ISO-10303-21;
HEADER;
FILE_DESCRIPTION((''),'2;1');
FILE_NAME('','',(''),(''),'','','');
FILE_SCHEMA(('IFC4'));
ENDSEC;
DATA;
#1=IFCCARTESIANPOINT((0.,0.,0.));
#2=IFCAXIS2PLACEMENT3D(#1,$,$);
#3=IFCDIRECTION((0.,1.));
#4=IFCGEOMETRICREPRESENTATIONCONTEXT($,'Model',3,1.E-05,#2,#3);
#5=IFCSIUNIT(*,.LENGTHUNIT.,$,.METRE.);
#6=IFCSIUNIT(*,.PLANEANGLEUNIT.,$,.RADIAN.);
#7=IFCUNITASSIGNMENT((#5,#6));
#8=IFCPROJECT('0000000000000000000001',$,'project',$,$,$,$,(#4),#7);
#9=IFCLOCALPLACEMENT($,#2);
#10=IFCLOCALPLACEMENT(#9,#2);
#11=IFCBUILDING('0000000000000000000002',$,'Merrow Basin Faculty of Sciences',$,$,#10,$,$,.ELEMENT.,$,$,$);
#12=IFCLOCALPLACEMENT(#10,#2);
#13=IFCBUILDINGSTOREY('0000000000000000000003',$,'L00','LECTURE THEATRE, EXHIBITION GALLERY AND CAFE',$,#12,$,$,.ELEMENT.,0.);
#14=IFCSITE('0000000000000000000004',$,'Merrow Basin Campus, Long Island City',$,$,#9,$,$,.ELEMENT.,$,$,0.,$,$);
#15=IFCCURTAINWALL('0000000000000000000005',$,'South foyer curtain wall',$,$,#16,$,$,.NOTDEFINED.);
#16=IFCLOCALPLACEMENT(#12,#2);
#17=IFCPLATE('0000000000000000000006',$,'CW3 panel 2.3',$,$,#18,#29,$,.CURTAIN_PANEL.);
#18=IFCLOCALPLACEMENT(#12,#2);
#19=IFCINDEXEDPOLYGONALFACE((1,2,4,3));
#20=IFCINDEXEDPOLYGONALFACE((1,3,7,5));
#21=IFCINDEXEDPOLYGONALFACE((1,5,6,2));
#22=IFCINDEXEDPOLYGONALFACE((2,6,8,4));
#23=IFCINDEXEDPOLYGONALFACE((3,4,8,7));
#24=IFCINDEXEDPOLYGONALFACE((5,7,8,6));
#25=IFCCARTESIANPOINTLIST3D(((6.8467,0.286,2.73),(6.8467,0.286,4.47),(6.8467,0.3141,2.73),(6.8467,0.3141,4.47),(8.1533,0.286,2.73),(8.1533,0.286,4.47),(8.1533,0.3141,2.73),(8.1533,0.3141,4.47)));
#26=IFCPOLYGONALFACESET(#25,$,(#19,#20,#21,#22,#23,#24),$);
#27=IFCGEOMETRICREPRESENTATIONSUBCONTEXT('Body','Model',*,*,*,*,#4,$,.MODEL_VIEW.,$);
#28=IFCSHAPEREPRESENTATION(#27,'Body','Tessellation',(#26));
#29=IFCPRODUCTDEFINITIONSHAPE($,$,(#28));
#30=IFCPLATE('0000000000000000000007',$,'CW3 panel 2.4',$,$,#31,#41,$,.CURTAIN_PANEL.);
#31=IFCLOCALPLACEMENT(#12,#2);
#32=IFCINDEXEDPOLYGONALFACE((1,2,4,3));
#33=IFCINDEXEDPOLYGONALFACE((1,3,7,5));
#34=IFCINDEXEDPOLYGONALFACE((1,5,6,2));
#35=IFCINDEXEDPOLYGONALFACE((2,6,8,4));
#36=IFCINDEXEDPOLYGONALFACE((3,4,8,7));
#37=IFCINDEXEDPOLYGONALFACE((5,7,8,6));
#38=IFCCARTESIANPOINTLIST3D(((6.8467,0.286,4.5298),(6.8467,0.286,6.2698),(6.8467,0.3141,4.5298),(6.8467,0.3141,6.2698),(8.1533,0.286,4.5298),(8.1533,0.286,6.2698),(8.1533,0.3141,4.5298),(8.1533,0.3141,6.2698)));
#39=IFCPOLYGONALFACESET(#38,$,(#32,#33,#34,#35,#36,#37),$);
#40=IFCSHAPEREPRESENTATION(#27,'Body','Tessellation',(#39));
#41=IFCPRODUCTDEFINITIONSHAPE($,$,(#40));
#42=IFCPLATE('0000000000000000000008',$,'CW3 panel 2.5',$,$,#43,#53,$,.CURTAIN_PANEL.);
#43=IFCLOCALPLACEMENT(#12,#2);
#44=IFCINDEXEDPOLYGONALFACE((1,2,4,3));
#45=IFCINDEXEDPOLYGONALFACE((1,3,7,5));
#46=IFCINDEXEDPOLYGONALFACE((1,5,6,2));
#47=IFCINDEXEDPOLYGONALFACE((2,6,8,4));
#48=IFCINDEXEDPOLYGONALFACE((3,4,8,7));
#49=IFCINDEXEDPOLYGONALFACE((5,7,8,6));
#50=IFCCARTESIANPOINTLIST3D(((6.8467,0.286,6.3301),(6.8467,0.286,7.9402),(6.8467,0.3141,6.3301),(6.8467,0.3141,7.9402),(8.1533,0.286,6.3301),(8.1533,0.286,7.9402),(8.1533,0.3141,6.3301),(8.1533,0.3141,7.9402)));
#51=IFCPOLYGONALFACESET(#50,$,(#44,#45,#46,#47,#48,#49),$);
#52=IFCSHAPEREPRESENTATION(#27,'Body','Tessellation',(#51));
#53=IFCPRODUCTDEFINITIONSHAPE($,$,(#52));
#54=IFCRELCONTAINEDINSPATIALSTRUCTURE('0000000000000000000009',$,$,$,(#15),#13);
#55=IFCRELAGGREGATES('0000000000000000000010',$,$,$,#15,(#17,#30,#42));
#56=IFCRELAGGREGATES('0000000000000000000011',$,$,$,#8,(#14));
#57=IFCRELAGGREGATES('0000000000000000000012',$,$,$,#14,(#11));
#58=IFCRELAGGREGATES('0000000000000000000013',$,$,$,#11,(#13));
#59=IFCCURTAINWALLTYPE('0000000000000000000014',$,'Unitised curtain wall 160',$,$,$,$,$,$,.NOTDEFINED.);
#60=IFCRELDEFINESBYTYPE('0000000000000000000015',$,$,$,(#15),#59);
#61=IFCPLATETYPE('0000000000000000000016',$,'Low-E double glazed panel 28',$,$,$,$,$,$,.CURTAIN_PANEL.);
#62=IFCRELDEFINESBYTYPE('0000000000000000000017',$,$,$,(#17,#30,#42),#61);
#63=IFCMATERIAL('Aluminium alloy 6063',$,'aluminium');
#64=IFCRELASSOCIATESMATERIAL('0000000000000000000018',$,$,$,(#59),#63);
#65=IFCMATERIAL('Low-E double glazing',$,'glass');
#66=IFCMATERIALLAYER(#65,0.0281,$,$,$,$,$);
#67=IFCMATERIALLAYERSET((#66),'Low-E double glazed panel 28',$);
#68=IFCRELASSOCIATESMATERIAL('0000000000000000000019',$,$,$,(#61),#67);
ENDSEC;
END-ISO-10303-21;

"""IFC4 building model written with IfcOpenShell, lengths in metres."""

from ifc_helpers import new_model, si_unit, direction, frame, origin, origin_2d, place, context, subcontext, project, spatial, rectangle, extrude, material, layer, layer_set, type_object, element, aggregate, save


model = new_model("IFC4")

# Units and contexts
model_context = context("Model", 3, precision=1e-05, world=origin(), true_north=direction((0.0, 1.0)))
body_context = subcontext(model_context, "Body", "Model", "MODEL_VIEW")
ifc_project = project(units=[si_unit("LENGTHUNIT", "METRE"), si_unit("PLANEANGLEUNIT", "RADIAN")], contexts=[model_context])

# Site, building, storey
site_placement = place(None, origin())
site = spatial("IfcSite", under=ifc_project, at=site_placement, Name="Merrow Basin Campus, Long Island City", CompositionType="ELEMENT", RefElevation=0.0)
building_placement = place(site_placement, origin())
building = spatial("IfcBuilding", under=site, at=building_placement, Name="Merrow Basin Faculty of Sciences", CompositionType="ELEMENT")
storey_placement = place(building_placement, origin())
storey = spatial("IfcBuildingStorey", under=building, at=storey_placement, Name="L00", Description="LECTURE THEATRE, EXHIBITION GALLERY AND CAFE", CompositionType="ELEMENT", Elevation=0.0)

# Curtain wall, plates
ifc_material_1 = material(Name="Aluminium alloy 6063", Category="aluminium")
curtain_wall_type = type_object("IfcCurtainWallType", Name="Unitised curtain wall 160", PredefinedType="NOTDEFINED", material=ifc_material_1)
curtain_wall_placement = place(storey_placement, origin())
curtain_wall = element("IfcCurtainWall", 1, at=curtain_wall_placement, inside=storey, type_object=curtain_wall_type, Name="South foyer curtain wall", PredefinedType="NOTDEFINED")
ifc_material_2 = material(Name="Low-E double glazing", Category="glass")
ifc_layer_1 = layer(ifc_material_2, 0.0281)
ifc_layer_set_1 = layer_set([ifc_layer_1], Name="Low-E double glazed panel 28")
plate_type_1 = type_object("IfcPlateType", Name="Low-E double glazed panel 28", PredefinedType="CURTAIN_PANEL", material=ifc_layer_set_1)
plate_1_placement = place(storey_placement, frame((7.5, 0.3, 2.73), z_axis=(0.0, 0.0, 1.0), x_axis=(1.0, 0.0, 0.0)))
plate_1 = element("IfcPlate", 2, at=plate_1_placement, type_object=plate_type_1, Name="CW3 panel 2.3", PredefinedType="CURTAIN_PANEL", context=body_context, shape_type="SweptSolid", body=[
    extrude(rectangle(XDim=1.3066, YDim=0.0281, at=origin_2d()), origin(), (0.0, 0.0, 1.0), 1.74),
])
plate_2_placement = place(storey_placement, frame((7.5, 0.3, 4.5298), z_axis=(0.0, 0.0, 1.0), x_axis=(1.0, 0.0, 0.0)))
plate_2 = element("IfcPlate", 3, at=plate_2_placement, type_object=plate_type_1, Name="CW3 panel 2.4", PredefinedType="CURTAIN_PANEL", context=body_context, shape_type="SweptSolid", body=[
    extrude(rectangle(XDim=1.3066, YDim=0.0281, at=origin_2d()), origin(), (0.0, 0.0, 1.0), 1.74),
])
plate_3_placement = place(storey_placement, frame((7.5, 0.3, 6.3301), z_axis=(0.0, 0.0, 1.0), x_axis=(1.0, 0.0, 0.0)))
plate_3 = element("IfcPlate", 4, at=plate_3_placement, type_object=plate_type_1, Name="CW3 panel 2.5", PredefinedType="CURTAIN_PANEL", context=body_context, shape_type="SweptSolid", body=[
    extrude(rectangle(XDim=1.3066, YDim=0.0281, at=origin_2d()), origin(), (0.0, 0.0, 1.0), 1.6101),
])
aggregate(curtain_wall, [plate_1, plate_2, plate_3])

save(model, "model.ifc")
